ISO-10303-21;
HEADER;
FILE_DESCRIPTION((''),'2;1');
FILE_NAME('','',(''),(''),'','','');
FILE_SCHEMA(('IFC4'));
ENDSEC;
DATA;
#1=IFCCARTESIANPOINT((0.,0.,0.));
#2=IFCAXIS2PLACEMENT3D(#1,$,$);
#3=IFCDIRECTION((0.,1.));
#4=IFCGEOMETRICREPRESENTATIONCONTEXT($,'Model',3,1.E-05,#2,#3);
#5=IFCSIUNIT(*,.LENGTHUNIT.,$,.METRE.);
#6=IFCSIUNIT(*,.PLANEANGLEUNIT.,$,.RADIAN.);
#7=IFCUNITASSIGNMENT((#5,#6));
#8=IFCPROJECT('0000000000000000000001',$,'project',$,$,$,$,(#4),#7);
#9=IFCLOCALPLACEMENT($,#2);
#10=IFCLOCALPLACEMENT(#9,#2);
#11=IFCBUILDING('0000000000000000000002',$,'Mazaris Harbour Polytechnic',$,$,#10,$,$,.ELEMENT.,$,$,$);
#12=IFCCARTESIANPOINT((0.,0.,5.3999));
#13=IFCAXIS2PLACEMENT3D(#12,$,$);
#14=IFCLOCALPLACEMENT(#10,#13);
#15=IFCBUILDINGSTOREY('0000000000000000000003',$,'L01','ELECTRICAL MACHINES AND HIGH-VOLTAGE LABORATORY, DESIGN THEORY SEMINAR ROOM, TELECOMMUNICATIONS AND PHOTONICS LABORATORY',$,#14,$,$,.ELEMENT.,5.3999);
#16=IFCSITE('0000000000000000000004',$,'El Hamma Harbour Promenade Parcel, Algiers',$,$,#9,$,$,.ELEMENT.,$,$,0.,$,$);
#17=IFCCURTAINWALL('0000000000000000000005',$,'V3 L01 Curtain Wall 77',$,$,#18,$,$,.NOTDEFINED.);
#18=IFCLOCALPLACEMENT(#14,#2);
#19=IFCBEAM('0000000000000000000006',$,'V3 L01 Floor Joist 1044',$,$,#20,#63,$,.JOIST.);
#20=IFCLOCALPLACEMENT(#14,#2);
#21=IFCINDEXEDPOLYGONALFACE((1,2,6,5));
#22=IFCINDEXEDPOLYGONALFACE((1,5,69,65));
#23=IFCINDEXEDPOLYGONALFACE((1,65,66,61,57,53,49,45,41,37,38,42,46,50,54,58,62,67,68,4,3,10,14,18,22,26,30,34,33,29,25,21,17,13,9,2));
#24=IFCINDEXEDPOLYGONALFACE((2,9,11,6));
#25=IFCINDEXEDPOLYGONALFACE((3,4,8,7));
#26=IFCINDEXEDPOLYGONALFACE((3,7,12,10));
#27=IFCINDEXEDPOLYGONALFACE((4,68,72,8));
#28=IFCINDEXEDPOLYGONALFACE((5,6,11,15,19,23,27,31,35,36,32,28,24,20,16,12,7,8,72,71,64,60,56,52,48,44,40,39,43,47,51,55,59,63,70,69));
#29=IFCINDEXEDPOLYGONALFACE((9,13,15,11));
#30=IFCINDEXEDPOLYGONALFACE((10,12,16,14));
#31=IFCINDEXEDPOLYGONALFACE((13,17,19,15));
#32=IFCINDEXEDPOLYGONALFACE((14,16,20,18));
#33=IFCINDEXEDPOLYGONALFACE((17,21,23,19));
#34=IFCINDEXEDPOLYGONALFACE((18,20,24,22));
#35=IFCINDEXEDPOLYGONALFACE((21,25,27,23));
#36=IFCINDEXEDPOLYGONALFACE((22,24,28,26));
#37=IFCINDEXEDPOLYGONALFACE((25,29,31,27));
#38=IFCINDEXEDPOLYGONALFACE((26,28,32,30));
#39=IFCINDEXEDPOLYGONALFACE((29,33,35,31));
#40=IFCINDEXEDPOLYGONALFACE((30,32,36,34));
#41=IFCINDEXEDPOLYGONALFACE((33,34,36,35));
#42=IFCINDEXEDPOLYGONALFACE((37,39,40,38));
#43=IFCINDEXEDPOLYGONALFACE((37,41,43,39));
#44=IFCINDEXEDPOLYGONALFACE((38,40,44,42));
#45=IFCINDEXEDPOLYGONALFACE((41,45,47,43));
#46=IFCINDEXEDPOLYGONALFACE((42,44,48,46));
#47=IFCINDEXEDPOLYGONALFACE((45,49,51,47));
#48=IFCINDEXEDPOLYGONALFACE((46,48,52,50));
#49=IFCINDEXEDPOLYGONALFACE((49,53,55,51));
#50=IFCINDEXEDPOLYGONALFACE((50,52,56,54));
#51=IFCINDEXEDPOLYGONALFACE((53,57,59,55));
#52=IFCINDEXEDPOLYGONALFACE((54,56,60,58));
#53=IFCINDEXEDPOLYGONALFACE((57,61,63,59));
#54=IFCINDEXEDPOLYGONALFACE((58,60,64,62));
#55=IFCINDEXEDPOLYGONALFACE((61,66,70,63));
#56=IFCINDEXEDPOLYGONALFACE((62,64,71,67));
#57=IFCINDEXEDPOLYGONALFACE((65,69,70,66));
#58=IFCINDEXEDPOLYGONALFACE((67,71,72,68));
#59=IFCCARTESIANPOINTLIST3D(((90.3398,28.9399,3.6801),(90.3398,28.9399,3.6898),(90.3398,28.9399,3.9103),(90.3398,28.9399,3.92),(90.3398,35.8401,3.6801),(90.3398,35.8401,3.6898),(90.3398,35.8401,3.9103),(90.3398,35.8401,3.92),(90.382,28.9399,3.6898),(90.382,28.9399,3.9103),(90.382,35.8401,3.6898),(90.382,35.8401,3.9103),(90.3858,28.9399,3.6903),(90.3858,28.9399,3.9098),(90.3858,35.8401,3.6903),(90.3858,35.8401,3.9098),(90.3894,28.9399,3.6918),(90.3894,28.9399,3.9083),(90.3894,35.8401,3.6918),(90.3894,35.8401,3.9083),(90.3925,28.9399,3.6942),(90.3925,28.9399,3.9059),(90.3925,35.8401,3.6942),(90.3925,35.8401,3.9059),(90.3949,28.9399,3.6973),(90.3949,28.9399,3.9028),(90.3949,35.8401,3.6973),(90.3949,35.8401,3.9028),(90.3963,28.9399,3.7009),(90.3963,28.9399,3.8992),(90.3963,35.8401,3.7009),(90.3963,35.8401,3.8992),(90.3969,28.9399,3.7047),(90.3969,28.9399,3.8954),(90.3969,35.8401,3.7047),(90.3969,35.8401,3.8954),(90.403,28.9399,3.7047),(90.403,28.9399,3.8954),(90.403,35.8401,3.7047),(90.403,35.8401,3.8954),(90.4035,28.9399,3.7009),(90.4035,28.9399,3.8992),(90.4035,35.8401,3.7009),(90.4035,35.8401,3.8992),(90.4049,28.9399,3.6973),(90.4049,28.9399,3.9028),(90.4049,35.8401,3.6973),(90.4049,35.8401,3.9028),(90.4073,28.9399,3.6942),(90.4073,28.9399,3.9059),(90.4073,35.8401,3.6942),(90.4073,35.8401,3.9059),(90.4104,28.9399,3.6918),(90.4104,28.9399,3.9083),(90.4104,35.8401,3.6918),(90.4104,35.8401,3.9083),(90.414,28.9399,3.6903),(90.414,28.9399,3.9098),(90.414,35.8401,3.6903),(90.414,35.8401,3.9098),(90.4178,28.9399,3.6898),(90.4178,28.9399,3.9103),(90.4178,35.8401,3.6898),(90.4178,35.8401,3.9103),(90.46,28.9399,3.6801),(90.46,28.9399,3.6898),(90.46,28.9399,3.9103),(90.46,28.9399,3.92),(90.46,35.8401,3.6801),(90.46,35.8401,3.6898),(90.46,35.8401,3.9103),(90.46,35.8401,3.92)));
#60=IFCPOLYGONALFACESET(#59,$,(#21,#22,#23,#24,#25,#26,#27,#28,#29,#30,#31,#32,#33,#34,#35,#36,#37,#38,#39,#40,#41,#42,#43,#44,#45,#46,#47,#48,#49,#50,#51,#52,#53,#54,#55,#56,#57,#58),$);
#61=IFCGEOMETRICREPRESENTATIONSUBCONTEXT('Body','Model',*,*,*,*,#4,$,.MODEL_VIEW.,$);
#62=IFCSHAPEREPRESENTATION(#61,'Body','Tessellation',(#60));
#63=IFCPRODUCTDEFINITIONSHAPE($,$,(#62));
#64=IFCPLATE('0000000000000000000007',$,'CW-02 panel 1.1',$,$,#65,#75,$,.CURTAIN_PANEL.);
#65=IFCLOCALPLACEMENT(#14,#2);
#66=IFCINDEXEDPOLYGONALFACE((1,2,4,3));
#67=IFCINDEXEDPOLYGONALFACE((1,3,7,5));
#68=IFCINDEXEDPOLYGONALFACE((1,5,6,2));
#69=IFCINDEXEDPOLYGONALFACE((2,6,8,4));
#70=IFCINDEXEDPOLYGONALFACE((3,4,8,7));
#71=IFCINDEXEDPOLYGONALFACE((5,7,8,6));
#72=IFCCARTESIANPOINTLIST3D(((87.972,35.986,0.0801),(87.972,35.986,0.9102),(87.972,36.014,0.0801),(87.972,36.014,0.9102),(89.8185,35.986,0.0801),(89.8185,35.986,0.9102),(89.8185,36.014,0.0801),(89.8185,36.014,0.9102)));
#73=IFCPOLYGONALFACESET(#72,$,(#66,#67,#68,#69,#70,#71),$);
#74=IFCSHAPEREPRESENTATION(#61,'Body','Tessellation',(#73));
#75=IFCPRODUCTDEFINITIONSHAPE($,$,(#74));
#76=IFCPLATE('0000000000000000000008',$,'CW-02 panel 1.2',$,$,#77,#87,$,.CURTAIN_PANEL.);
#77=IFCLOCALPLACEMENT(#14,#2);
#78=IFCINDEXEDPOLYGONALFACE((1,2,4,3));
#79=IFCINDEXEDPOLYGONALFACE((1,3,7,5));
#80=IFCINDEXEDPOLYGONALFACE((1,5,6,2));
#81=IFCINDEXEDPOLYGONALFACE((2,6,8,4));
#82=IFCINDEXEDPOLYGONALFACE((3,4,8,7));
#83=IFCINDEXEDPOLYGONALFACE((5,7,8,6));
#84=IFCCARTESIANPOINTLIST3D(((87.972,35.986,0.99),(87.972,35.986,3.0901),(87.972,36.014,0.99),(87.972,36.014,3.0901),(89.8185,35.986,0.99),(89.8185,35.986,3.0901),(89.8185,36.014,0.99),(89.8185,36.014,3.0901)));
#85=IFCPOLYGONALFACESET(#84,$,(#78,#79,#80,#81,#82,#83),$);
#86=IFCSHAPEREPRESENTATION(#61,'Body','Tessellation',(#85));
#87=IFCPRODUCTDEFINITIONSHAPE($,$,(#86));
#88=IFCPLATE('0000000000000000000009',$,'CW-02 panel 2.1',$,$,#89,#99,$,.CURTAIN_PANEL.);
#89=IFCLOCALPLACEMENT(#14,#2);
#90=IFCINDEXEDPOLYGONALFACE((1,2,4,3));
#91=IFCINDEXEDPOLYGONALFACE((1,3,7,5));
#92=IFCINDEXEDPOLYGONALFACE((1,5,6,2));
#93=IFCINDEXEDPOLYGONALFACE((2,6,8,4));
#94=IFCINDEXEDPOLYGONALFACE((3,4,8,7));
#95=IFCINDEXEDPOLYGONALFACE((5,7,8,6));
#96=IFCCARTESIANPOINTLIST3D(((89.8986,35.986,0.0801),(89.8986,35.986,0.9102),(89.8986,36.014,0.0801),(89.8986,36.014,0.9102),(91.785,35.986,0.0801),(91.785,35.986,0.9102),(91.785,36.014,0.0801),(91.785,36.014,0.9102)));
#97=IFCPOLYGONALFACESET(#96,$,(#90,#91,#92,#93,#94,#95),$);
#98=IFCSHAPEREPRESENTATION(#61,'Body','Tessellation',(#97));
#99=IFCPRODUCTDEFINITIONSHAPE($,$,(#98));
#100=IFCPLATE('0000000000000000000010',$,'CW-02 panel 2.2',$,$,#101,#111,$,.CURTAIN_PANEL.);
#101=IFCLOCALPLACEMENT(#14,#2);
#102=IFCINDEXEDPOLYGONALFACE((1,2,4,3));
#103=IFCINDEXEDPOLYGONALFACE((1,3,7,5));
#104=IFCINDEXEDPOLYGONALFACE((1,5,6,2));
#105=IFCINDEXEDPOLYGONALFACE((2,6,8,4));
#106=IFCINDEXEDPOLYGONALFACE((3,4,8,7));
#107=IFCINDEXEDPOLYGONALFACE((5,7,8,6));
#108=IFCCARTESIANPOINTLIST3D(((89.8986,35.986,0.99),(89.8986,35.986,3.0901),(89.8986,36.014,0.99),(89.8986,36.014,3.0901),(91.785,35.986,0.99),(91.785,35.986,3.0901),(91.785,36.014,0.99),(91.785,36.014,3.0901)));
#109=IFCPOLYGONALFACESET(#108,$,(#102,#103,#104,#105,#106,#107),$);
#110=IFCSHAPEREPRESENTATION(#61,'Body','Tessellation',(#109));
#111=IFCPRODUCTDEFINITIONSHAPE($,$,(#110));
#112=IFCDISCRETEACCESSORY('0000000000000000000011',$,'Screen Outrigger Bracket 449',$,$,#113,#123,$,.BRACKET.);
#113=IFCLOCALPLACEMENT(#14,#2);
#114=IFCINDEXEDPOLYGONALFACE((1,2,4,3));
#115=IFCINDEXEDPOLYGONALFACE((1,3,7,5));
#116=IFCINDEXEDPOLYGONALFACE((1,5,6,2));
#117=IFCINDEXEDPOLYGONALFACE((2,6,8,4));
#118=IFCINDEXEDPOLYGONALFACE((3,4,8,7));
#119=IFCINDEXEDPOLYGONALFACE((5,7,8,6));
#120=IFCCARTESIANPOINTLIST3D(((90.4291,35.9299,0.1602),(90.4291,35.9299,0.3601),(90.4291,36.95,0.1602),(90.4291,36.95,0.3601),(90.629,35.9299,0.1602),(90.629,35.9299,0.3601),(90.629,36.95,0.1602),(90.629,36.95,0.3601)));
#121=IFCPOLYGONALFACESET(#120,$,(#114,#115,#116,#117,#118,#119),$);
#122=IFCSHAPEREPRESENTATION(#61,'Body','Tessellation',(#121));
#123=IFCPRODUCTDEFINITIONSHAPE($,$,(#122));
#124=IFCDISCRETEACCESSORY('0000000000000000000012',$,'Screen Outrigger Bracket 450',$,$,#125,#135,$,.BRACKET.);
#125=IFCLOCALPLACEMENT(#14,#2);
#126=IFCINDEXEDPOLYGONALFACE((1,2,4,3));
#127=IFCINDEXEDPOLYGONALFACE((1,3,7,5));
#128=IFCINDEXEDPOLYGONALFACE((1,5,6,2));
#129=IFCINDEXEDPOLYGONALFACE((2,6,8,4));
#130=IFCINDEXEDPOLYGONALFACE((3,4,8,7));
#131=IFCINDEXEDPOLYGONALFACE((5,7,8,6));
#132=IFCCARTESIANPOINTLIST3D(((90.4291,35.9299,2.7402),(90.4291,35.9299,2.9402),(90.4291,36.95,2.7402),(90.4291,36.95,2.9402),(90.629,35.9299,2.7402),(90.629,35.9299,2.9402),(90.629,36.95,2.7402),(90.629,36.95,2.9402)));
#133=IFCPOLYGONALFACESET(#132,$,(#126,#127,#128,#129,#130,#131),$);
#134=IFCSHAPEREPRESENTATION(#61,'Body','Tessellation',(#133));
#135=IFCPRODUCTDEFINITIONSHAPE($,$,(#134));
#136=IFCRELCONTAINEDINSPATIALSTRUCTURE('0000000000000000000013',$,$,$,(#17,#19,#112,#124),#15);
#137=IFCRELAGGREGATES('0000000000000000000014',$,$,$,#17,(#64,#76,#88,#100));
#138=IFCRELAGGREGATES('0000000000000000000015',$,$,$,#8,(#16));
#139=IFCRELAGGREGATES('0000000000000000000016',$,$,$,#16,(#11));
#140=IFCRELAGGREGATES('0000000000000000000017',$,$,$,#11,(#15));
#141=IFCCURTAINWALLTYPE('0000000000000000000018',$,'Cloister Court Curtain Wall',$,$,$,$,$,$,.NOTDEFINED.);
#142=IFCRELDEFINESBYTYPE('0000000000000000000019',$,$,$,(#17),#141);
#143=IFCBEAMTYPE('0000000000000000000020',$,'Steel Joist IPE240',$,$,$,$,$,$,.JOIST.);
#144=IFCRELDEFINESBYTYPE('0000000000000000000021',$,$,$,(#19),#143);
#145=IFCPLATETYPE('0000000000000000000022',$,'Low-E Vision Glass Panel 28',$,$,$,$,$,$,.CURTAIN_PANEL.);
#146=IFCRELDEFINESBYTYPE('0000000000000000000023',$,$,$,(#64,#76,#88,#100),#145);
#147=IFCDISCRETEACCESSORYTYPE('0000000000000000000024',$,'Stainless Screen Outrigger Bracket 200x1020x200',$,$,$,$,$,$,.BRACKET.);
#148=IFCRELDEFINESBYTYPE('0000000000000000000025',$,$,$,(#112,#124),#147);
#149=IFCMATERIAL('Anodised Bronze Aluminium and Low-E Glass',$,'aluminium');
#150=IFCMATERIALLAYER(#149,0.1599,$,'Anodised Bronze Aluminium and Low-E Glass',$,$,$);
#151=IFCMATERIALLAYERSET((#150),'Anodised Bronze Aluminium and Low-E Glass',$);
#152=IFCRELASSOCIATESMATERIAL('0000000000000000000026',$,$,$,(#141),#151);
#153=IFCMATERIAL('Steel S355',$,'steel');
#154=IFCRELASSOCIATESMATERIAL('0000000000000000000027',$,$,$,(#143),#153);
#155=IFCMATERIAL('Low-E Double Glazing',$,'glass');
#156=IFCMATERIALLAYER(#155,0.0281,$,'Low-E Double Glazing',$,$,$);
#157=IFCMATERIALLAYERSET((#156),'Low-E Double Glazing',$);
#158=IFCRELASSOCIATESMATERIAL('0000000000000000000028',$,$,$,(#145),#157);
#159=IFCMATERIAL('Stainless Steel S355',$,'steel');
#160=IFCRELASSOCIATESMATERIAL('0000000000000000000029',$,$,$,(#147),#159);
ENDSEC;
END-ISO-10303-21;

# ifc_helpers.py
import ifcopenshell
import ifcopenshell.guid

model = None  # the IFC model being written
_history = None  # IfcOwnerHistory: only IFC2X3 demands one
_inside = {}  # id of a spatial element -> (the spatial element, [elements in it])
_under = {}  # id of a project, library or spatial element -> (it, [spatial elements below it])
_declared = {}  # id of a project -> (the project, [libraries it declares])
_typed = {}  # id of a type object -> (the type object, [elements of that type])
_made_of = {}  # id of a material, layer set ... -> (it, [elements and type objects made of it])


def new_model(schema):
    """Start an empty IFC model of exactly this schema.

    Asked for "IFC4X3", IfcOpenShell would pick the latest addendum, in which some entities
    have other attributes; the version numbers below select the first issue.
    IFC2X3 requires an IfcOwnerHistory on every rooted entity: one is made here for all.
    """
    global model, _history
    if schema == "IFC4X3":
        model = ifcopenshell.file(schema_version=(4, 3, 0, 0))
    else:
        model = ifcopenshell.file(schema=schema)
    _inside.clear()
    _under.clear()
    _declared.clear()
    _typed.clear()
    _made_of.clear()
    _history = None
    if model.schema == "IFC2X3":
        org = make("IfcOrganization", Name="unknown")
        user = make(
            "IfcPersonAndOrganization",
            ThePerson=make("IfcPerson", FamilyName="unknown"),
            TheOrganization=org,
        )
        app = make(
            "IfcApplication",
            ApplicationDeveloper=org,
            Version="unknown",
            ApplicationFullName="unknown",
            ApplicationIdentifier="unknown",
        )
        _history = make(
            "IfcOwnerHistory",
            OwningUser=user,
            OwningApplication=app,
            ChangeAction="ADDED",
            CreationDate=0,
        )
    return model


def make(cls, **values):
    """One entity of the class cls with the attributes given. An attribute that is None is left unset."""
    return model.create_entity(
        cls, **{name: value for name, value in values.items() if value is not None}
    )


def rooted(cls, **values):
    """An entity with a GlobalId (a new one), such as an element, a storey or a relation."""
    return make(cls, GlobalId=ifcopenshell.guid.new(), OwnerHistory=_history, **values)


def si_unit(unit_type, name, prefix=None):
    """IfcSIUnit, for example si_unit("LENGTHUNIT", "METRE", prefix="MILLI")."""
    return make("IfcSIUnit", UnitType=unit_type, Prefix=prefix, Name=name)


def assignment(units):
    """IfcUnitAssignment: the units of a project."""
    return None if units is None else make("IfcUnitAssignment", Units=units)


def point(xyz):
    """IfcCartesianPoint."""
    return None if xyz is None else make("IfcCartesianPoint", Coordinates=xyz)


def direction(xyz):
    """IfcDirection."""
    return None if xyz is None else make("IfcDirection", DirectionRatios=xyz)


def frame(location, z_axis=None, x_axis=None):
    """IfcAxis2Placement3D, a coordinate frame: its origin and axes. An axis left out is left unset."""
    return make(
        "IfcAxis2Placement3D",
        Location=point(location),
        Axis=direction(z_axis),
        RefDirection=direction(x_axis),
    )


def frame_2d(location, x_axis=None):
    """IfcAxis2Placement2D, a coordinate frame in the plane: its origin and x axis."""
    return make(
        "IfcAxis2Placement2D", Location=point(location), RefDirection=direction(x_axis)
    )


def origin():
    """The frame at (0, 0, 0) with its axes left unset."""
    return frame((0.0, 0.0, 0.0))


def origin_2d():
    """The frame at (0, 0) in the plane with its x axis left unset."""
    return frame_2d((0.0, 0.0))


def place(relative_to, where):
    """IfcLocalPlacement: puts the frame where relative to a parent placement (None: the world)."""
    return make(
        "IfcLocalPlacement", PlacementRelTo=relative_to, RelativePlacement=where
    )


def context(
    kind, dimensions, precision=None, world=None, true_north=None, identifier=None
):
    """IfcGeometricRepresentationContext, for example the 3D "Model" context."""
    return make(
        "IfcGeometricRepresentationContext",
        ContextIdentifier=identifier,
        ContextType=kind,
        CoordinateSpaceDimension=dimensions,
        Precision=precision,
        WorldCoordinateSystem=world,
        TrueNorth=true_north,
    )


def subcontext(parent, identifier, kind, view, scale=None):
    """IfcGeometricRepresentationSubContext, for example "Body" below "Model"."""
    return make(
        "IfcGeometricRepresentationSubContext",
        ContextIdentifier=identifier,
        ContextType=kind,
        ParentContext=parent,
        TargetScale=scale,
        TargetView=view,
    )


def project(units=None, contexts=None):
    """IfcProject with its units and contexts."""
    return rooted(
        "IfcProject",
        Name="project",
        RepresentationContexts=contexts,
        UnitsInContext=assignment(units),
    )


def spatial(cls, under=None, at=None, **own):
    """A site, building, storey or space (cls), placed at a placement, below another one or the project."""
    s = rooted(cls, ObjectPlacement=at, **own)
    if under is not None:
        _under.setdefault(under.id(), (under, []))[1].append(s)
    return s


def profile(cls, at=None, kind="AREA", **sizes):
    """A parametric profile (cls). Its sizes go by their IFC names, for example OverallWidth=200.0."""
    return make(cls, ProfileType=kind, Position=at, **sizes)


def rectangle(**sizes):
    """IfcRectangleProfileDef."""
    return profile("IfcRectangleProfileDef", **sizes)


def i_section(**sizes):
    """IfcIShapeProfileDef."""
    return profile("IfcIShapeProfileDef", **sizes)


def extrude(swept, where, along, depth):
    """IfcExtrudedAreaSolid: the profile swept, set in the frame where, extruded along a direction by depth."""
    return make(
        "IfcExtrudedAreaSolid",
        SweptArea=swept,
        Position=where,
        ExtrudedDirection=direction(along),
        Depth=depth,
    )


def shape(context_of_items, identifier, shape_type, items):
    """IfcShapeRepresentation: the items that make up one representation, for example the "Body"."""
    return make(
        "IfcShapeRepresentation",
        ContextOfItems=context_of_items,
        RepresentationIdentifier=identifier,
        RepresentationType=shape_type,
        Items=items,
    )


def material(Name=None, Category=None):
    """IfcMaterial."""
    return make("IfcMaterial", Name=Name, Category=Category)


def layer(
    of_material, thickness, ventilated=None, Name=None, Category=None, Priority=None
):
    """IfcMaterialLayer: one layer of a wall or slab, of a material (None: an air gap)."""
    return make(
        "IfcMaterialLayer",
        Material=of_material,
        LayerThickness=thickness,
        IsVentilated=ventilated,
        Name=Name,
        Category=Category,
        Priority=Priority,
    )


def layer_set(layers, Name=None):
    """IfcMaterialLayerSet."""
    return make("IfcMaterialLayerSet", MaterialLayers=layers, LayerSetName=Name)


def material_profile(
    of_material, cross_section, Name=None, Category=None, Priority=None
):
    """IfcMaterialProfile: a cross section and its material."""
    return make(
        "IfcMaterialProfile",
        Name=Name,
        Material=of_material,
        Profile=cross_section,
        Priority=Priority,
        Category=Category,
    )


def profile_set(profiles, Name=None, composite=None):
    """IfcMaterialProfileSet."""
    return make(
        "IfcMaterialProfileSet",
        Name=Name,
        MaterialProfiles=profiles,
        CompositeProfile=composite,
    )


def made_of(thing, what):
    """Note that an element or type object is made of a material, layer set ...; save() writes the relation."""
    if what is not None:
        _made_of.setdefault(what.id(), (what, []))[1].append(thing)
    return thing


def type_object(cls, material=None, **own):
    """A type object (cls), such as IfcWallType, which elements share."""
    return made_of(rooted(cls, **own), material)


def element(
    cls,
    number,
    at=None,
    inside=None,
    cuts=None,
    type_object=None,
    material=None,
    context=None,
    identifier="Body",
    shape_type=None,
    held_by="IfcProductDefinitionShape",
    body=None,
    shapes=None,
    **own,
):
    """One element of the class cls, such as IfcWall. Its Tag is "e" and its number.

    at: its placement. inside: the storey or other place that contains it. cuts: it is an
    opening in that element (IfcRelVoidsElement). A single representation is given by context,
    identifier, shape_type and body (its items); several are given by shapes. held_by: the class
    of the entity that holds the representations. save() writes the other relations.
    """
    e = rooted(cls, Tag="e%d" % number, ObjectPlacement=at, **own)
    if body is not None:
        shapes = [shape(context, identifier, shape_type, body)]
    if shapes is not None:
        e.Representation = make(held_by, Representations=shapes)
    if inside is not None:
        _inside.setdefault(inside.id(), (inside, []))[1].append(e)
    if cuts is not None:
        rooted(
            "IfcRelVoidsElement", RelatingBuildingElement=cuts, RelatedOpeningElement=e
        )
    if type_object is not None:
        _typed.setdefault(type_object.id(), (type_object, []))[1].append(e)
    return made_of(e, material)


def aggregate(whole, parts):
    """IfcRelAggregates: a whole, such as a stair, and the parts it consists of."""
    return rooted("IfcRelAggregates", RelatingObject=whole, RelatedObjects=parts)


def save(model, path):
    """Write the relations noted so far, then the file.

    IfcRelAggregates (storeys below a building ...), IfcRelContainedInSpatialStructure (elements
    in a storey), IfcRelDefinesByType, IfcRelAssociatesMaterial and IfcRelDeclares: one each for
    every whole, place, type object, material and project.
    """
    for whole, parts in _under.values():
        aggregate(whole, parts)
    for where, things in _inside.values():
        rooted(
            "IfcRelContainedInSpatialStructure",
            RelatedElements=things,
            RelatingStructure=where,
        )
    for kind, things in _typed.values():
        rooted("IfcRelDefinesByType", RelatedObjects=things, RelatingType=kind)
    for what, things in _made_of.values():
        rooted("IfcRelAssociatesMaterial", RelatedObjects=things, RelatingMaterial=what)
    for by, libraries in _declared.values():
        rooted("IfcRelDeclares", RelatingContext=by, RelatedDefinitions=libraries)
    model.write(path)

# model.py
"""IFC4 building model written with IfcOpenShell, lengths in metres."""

from ifc_helpers import new_model, si_unit, direction, frame, origin, origin_2d, place, context, subcontext, project, spatial, rectangle, i_section, extrude, material, layer, layer_set, material_profile, profile_set, type_object, element, aggregate, save


model = new_model("IFC4")

# Units and contexts
model_context = context("Model", 3, precision=1e-05, world=origin(), true_north=direction((0.0, 1.0)))
body_context = subcontext(model_context, "Body", "Model", "MODEL_VIEW")
ifc_project = project(units=[si_unit("LENGTHUNIT", "METRE"), si_unit("PLANEANGLEUNIT", "RADIAN")], contexts=[model_context])

# Site, building, storey
site_placement = place(None, origin())
site = spatial("IfcSite", under=ifc_project, at=site_placement, Name="El Hamma Harbour Promenade Parcel, Algiers", CompositionType="ELEMENT", RefElevation=0.0)
building_placement = place(site_placement, origin())
building = spatial("IfcBuilding", under=site, at=building_placement, Name="Mazaris Harbour Polytechnic", CompositionType="ELEMENT")
storey_placement = place(building_placement, frame((0.0, 0.0, 5.3999)))
storey = spatial("IfcBuildingStorey", under=building, at=storey_placement, Name="L01", Description="ELECTRICAL MACHINES AND HIGH-VOLTAGE LABORATORY, DESIGN THEORY SEMINAR ROOM, TELECOMMUNICATIONS AND PHOTONICS LABORATORY", CompositionType="ELEMENT", Elevation=5.3999)

# Curtain wall
ifc_material_1 = material(Name="Anodised Bronze Aluminium and Low-E Glass", Category="aluminium")
ifc_layer_1 = layer(ifc_material_1, 0.1599, Name="Anodised Bronze Aluminium and Low-E Glass")
ifc_layer_set_1 = layer_set([ifc_layer_1], Name="Anodised Bronze Aluminium and Low-E Glass")
curtain_wall_type = type_object("IfcCurtainWallType", Name="Cloister Court Curtain Wall", PredefinedType="NOTDEFINED", material=ifc_layer_set_1)
curtain_wall_placement = place(storey_placement, origin())
curtain_wall = element("IfcCurtainWall", 1, at=curtain_wall_placement, inside=storey, type_object=curtain_wall_type, Name="V3 L01 Curtain Wall 77", PredefinedType="NOTDEFINED")

# Beam
ifc_material_2 = material(Name="Steel S355", Category="steel")
ifc_material_profile_1 = material_profile(ifc_material_2, i_section(OverallWidth=0.1201, OverallDepth=0.24, WebThickness=0.0061, FlangeThickness=0.0098, FilletRadius=0.0149, at=origin_2d()), Name="IPE 240")
ifc_profile_set_1 = profile_set([ifc_material_profile_1], Name="Steel S355")
beam_type = type_object("IfcBeamType", Name="Steel Joist IPE240", PredefinedType="JOIST", material=ifc_profile_set_1)
beam_placement = place(storey_placement, frame((90.3999, 28.9399, 3.8), z_axis=(0.0, 1.0, 0.0), x_axis=(-1.0, 0.0, 0.0)))
element("IfcBeam", 2, at=beam_placement, inside=storey, type_object=beam_type, Name="V3 L01 Floor Joist 1044", PredefinedType="JOIST", context=body_context, shape_type="SweptSolid", body=[
    extrude(i_section(OverallWidth=0.1201, OverallDepth=0.24, WebThickness=0.0061, FlangeThickness=0.0098, FilletRadius=0.0149, at=origin_2d()), origin(), (0.0, 0.0, 1.0), 6.9001),
])

# Plates
ifc_material_3 = material(Name="Low-E Double Glazing", Category="glass")
ifc_layer_2 = layer(ifc_material_3, 0.0281, Name="Low-E Double Glazing")
ifc_layer_set_2 = layer_set([ifc_layer_2], Name="Low-E Double Glazing")
plate_type = type_object("IfcPlateType", Name="Low-E Vision Glass Panel 28", PredefinedType="CURTAIN_PANEL", material=ifc_layer_set_2)
plate_1_placement = place(storey_placement, frame((88.8953, 36.0, 0.0801), z_axis=(0.0, 0.0, 1.0), x_axis=(1.0, 0.0, 0.0)))
plate_1 = element("IfcPlate", 3, at=plate_1_placement, type_object=plate_type, Name="CW-02 panel 1.1", PredefinedType="CURTAIN_PANEL", context=body_context, shape_type="SweptSolid", body=[
    extrude(rectangle(XDim=1.8464, YDim=0.0281, at=origin_2d()), origin(), (0.0, 0.0, 1.0), 0.8301),
])
plate_2_placement = place(storey_placement, frame((88.8953, 36.0, 0.99), z_axis=(0.0, 0.0, 1.0), x_axis=(1.0, 0.0, 0.0)))
plate_2 = element("IfcPlate", 4, at=plate_2_placement, type_object=plate_type, Name="CW-02 panel 1.2", PredefinedType="CURTAIN_PANEL", context=body_context, shape_type="SweptSolid", body=[
    extrude(rectangle(XDim=1.8464, YDim=0.0281, at=origin_2d()), origin(), (0.0, 0.0, 1.0), 2.1001),
])
plate_3_placement = place(storey_placement, frame((90.8418, 36.0, 0.0801), z_axis=(0.0, 0.0, 1.0), x_axis=(1.0, 0.0, 0.0)))
plate_3 = element("IfcPlate", 5, at=plate_3_placement, type_object=plate_type, Name="CW-02 panel 2.1", PredefinedType="CURTAIN_PANEL", context=body_context, shape_type="SweptSolid", body=[
    extrude(rectangle(XDim=1.8865, YDim=0.0281, at=origin_2d()), origin(), (0.0, 0.0, 1.0), 0.8301),
])
plate_4_placement = place(storey_placement, frame((90.8418, 36.0, 0.99), z_axis=(0.0, 0.0, 1.0), x_axis=(1.0, 0.0, 0.0)))
plate_4 = element("IfcPlate", 6, at=plate_4_placement, type_object=plate_type, Name="CW-02 panel 2.2", PredefinedType="CURTAIN_PANEL", context=body_context, shape_type="SweptSolid", body=[
    extrude(rectangle(XDim=1.8865, YDim=0.0281, at=origin_2d()), origin(), (0.0, 0.0, 1.0), 2.1001),
])
aggregate(curtain_wall, [plate_1, plate_2, plate_3, plate_4])

# Discrete accessories
ifc_material_4 = material(Name="Stainless Steel S355", Category="steel")
discrete_accessory_type = type_object("IfcDiscreteAccessoryType", Name="Stainless Screen Outrigger Bracket 200x1020x200", PredefinedType="BRACKET", material=ifc_material_4)
for number, where, z_axis, x_axis, name in (
    (7, (90.5291, 36.4399, 0.1602), (0.0, 0.0, 1.0), (1.0, 0.0, 0.0), "Screen Outrigger Bracket 449"),
    (8, (90.5291, 36.4399, 2.7402), (0.0, 0.0, 1.0), (1.0, 0.0, 0.0), "Screen Outrigger Bracket 450"),
):
    element("IfcDiscreteAccessory", number, at=place(storey_placement, frame(where, z_axis=z_axis, x_axis=x_axis)), inside=storey, type_object=discrete_accessory_type, Name=name, PredefinedType="BRACKET", context=body_context, shape_type="SweptSolid", body=[
        extrude(rectangle(XDim=0.2, YDim=1.02, at=origin_2d()), origin(), (0.0, 0.0, 1.0), 0.2),
    ])

save(model, "model.ifc")
